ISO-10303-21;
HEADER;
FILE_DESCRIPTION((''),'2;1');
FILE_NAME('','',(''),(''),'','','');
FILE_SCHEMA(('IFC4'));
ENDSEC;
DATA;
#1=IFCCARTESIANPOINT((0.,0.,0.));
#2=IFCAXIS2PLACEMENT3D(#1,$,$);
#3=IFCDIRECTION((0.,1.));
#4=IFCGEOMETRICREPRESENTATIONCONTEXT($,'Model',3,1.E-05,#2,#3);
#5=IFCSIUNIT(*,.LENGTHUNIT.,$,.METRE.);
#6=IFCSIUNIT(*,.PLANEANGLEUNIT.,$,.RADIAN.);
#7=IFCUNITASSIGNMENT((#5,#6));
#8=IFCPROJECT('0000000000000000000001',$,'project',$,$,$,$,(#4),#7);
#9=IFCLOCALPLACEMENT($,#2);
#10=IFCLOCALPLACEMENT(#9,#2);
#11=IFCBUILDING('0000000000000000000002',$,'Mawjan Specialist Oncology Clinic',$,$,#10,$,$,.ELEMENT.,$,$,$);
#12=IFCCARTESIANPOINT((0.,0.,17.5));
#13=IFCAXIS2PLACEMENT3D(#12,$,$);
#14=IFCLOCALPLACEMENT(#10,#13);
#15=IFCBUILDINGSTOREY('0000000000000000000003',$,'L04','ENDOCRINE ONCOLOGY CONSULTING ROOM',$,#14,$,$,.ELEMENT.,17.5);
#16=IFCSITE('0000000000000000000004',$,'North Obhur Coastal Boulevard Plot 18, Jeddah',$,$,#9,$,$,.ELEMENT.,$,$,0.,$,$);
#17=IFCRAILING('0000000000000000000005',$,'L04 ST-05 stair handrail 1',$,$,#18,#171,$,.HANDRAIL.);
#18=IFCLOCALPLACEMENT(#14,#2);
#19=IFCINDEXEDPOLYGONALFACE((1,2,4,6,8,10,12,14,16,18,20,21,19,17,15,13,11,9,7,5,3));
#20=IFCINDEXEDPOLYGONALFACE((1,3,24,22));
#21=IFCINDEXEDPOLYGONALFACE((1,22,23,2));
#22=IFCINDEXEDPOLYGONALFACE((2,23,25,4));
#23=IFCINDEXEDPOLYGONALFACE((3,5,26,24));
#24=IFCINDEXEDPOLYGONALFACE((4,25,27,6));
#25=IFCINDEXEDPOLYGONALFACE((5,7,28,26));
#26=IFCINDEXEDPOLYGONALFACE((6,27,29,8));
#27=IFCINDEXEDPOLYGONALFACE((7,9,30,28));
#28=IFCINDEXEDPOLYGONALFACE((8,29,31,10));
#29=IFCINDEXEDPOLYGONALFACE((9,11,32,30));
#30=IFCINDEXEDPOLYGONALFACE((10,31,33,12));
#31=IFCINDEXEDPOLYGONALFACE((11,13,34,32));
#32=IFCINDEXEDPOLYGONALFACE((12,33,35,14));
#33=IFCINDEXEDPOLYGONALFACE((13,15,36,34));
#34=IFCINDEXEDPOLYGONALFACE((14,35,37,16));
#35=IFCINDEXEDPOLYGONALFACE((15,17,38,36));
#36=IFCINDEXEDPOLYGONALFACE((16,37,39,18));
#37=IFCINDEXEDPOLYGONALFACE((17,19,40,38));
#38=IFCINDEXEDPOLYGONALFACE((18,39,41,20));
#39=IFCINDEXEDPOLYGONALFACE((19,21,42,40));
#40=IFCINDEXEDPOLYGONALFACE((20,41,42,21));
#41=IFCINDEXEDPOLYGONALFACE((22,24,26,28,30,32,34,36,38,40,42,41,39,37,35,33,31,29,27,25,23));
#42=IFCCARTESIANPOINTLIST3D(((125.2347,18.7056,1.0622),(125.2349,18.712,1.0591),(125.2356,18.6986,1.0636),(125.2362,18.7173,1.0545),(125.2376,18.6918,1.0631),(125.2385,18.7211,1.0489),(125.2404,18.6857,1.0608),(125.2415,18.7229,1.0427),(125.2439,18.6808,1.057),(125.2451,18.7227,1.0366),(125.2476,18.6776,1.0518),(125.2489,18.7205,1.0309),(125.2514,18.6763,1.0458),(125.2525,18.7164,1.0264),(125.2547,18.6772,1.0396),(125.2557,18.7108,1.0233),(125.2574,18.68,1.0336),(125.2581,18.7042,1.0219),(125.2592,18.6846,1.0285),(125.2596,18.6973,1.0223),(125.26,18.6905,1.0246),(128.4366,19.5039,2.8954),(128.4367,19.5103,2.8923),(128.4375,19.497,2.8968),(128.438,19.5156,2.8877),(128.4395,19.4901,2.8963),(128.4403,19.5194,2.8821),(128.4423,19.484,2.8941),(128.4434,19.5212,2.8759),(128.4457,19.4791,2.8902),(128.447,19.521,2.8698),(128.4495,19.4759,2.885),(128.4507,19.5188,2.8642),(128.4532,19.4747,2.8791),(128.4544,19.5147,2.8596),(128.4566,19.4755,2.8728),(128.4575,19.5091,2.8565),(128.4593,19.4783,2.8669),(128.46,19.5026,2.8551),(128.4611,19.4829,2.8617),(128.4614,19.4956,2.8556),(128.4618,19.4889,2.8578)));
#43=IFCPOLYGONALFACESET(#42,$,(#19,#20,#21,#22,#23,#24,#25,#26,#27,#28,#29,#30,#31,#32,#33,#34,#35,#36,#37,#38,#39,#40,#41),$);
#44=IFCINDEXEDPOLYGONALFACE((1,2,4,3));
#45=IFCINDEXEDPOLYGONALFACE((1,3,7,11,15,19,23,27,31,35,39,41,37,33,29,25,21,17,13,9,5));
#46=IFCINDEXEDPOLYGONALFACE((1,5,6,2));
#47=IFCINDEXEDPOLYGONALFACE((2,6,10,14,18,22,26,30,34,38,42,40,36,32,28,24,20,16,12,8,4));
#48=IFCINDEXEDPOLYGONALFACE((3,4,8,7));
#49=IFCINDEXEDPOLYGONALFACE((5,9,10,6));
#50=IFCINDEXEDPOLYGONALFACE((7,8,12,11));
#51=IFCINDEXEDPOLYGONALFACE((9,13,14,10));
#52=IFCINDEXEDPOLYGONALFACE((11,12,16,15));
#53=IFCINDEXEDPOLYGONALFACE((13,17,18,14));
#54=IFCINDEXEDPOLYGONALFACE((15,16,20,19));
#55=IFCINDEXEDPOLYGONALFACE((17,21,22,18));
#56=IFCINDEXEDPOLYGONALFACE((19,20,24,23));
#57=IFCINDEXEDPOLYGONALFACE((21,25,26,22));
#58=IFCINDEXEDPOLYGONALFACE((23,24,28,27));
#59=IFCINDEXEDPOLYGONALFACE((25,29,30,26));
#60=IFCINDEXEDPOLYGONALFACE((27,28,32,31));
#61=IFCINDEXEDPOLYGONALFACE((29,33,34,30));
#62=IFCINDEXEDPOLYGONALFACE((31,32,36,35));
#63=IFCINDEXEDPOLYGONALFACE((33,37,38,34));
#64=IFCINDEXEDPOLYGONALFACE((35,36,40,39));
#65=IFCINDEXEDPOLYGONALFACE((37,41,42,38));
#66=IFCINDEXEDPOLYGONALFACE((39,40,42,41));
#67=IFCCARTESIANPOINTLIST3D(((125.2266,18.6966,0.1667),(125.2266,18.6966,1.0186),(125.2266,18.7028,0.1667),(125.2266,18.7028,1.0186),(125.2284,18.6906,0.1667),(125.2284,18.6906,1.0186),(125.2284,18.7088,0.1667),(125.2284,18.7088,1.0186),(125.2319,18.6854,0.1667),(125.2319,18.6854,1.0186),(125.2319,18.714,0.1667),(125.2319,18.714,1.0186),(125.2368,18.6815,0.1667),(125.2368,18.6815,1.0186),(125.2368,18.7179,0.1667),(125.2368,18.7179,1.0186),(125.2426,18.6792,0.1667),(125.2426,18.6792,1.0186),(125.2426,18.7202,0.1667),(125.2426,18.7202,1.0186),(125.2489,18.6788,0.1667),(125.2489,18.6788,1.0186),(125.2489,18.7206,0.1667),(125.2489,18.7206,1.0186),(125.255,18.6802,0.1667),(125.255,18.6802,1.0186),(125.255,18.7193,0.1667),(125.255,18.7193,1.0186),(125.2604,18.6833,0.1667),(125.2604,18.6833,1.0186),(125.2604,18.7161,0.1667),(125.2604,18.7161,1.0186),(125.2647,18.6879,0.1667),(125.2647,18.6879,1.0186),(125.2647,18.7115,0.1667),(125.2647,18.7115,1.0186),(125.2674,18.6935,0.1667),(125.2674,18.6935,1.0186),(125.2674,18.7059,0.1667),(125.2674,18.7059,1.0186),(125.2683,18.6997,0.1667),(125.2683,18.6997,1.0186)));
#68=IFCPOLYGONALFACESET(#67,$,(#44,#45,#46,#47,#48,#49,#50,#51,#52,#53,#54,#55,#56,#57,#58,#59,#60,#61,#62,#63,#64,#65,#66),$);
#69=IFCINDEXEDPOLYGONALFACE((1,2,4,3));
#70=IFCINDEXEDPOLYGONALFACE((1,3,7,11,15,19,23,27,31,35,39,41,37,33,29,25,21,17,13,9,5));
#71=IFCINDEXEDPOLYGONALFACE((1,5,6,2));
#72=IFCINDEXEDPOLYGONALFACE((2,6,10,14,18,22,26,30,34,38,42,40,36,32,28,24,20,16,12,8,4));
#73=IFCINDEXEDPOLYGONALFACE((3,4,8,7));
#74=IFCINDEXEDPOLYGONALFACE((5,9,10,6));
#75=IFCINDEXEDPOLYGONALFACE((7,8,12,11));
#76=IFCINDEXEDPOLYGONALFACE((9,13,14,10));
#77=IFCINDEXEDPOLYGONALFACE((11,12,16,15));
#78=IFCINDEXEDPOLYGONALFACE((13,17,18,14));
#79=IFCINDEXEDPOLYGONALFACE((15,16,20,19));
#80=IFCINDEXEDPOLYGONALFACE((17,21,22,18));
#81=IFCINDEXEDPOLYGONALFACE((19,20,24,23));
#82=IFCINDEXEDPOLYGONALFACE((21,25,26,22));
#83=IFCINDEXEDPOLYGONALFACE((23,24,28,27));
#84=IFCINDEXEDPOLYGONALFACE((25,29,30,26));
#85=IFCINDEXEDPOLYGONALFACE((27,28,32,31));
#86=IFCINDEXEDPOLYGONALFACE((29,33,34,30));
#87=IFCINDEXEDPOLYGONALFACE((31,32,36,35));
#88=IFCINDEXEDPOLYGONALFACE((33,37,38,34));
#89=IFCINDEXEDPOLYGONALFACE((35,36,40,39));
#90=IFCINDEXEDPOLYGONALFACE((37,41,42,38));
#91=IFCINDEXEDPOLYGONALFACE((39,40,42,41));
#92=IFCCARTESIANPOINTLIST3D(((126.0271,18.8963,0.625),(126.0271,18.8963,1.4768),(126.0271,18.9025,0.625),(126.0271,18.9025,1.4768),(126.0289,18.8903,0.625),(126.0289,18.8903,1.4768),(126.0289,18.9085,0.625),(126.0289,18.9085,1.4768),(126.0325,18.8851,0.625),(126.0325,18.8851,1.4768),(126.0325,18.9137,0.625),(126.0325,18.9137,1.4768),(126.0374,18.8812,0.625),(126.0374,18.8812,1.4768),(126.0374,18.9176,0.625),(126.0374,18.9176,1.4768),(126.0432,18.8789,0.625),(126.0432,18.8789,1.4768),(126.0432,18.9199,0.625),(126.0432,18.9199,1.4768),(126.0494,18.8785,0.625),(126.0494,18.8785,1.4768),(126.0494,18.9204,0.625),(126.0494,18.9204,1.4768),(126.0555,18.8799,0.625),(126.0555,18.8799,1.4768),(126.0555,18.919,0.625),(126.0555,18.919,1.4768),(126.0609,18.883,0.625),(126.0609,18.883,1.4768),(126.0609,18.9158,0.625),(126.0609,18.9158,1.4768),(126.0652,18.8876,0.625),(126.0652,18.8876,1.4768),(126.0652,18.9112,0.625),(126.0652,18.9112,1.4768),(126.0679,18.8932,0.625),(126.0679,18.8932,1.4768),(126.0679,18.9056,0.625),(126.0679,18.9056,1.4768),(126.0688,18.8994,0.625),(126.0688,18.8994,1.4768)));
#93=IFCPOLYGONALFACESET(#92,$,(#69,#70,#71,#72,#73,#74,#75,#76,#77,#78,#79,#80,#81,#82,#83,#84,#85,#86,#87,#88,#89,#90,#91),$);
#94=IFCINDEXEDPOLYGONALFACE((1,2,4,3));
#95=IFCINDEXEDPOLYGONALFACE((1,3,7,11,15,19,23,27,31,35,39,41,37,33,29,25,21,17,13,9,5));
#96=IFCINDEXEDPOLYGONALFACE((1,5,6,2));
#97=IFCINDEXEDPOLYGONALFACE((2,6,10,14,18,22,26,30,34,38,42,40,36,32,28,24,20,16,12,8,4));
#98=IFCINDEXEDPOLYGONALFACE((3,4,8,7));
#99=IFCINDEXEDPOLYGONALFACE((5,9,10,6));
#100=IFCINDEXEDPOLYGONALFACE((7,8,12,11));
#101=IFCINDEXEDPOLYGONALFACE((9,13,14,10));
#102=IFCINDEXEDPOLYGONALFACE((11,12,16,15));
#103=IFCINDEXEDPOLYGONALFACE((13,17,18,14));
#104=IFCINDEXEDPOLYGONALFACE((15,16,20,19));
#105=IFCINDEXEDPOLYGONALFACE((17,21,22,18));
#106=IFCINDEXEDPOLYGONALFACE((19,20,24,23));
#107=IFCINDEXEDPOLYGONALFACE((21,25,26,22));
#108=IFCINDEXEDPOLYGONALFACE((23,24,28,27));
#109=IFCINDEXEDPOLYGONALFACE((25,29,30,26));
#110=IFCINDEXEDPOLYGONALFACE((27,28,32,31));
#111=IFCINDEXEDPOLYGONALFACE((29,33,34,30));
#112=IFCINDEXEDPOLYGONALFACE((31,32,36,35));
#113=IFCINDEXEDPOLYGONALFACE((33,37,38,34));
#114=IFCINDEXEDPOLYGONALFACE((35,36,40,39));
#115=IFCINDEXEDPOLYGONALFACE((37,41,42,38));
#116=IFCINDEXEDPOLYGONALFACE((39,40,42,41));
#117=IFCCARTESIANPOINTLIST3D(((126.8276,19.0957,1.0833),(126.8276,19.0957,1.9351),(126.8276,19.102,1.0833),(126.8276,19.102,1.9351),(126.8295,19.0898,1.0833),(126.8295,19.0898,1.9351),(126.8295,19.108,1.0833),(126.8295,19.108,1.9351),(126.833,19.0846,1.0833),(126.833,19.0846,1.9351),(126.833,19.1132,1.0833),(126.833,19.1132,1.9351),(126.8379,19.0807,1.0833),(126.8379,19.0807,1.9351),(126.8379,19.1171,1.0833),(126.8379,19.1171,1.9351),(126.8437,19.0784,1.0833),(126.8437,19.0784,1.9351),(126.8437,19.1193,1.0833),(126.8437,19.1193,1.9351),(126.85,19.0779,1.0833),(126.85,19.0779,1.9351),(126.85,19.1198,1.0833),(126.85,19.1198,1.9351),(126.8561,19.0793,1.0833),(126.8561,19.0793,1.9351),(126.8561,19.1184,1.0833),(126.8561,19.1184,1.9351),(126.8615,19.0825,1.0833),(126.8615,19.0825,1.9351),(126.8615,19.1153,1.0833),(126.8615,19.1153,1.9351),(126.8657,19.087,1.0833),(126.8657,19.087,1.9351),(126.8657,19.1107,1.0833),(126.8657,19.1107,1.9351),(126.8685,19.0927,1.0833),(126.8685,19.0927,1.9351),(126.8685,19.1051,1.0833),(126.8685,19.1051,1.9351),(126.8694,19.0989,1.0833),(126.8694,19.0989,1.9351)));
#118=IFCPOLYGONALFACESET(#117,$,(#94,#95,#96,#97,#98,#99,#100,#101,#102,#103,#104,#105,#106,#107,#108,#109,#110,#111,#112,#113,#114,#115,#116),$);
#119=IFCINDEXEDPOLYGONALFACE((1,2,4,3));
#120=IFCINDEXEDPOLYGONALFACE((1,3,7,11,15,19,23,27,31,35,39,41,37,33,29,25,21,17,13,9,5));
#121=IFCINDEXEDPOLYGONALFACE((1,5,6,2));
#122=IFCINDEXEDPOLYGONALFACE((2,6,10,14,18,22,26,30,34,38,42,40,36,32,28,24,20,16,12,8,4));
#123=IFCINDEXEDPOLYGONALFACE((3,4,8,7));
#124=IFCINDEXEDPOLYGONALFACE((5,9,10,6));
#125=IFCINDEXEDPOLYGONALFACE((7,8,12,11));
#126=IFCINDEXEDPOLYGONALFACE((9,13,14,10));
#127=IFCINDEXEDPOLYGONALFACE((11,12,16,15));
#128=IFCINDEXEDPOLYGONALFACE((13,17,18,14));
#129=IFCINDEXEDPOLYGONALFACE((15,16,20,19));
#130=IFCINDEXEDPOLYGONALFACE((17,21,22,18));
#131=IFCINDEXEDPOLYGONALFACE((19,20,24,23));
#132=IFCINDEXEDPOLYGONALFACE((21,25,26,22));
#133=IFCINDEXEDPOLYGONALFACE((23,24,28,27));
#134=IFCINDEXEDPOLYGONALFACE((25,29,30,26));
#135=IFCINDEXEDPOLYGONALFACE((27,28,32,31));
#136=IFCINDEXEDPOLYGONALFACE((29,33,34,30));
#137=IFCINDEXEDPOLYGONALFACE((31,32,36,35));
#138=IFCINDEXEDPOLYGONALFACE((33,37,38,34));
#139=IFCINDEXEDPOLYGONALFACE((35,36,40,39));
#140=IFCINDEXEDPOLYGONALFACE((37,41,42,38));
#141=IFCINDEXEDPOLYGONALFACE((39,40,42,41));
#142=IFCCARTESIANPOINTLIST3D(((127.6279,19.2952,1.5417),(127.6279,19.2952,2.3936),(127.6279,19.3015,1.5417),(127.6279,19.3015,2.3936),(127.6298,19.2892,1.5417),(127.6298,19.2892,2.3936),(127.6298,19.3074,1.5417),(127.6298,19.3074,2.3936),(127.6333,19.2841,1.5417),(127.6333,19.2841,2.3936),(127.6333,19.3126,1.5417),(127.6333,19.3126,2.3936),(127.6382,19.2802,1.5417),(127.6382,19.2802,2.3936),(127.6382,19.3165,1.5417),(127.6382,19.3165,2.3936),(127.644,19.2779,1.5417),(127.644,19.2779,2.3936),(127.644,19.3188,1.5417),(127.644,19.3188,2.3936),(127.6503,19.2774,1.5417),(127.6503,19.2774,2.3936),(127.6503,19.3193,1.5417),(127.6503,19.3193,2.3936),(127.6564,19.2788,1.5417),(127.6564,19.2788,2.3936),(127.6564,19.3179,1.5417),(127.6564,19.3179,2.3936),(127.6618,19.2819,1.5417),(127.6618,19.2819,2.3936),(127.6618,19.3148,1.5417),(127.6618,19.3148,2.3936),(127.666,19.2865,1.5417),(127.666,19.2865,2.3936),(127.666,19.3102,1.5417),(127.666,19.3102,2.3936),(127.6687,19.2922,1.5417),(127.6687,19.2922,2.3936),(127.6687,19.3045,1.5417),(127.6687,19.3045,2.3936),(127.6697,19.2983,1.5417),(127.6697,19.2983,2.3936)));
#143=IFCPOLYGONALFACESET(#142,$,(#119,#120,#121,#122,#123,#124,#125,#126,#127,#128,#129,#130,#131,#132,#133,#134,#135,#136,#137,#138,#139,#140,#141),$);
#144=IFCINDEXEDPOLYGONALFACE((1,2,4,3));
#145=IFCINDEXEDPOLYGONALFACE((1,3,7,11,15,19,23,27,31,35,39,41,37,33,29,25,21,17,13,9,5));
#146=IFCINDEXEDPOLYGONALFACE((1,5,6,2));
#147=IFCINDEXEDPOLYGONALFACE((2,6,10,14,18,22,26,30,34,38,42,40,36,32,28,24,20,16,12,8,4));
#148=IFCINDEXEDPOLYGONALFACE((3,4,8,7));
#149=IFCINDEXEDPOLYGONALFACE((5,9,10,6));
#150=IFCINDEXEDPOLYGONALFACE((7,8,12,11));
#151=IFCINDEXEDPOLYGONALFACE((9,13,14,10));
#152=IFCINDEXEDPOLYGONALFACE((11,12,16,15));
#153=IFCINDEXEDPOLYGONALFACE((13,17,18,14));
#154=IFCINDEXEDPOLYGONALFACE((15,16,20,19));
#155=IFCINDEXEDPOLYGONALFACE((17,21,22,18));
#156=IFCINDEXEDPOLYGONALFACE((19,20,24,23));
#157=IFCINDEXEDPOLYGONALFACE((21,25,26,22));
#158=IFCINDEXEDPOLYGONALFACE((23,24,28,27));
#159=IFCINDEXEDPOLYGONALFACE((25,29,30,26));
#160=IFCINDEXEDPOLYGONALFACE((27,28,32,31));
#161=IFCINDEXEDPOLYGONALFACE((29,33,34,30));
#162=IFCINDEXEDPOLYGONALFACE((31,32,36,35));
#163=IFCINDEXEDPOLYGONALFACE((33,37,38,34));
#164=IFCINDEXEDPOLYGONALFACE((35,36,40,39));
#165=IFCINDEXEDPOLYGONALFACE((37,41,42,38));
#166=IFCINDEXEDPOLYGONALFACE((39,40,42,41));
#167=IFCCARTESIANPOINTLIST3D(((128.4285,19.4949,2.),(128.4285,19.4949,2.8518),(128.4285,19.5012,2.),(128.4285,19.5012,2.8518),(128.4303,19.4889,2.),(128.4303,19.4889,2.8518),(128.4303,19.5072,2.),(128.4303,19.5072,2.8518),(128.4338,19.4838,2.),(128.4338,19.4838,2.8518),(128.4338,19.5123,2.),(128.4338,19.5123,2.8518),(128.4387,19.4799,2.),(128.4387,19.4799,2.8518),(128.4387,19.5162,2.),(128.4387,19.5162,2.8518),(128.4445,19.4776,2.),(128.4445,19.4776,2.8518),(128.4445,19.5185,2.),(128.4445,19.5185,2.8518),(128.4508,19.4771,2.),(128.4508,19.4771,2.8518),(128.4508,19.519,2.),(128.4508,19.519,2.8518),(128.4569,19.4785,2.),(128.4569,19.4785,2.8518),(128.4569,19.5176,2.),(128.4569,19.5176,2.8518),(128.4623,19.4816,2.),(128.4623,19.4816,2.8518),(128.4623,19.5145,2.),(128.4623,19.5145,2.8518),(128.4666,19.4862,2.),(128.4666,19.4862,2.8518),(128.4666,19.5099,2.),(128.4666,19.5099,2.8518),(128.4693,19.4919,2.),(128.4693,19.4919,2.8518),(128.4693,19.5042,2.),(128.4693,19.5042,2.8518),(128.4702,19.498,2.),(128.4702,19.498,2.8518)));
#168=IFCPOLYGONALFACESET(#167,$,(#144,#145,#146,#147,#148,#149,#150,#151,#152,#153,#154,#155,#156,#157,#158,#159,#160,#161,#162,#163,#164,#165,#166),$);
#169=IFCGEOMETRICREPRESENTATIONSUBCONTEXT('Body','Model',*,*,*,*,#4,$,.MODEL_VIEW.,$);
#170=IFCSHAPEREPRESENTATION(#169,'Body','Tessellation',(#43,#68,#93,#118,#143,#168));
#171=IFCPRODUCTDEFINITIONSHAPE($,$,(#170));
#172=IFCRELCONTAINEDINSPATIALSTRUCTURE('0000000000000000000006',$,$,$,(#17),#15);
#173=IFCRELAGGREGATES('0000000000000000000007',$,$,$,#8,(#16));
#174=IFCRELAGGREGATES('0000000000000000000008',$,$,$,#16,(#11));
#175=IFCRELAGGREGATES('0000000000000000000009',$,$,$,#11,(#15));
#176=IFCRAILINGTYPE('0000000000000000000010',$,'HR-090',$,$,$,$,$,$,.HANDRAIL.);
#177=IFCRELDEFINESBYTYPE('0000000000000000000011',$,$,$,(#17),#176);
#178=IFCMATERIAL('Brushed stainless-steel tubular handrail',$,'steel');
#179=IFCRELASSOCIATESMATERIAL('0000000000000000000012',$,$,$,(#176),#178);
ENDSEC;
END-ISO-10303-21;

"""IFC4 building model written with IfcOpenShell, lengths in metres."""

from ifc_helpers import new_model, si_unit, direction, frame, origin, origin_2d, place, context, subcontext, project, spatial, circle, extrude, material, type_object, element, save


model = new_model("IFC4")

# Units and contexts
model_context = context("Model", 3, precision=1e-05, world=origin(), true_north=direction((0.0, 1.0)))
body_context = subcontext(model_context, "Body", "Model", "MODEL_VIEW")
ifc_project = project(units=[si_unit("LENGTHUNIT", "METRE"), si_unit("PLANEANGLEUNIT", "RADIAN")], contexts=[model_context])

# Site, building, storey
site_placement = place(None, origin())
site = spatial("IfcSite", under=ifc_project, at=site_placement, Name="North Obhur Coastal Boulevard Plot 18, Jeddah", CompositionType="ELEMENT", RefElevation=0.0)
building_placement = place(site_placement, origin())
building = spatial("IfcBuilding", under=site, at=building_placement, Name="Mawjan Specialist Oncology Clinic", CompositionType="ELEMENT")
storey_placement = place(building_placement, frame((0.0, 0.0, 17.5)))
storey = spatial("IfcBuildingStorey", under=building, at=storey_placement, Name="L04", Description="ENDOCRINE ONCOLOGY CONSULTING ROOM", CompositionType="ELEMENT", Elevation=17.5)

# Railing
ifc_material_1 = material(Name="Brushed stainless-steel tubular handrail", Category="steel")
railing_type_1 = type_object("IfcRailingType", Name="HR-090", PredefinedType="HANDRAIL", material=ifc_material_1)
railing_1_placement = place(storey_placement, frame((125.2473, 18.6997, 0.1667)))
element("IfcRailing", 1, at=railing_1_placement, inside=storey, type_object=railing_type_1, Name="L04 ST-05 stair handrail 1", PredefinedType="HANDRAIL", context=body_context, shape_type="SweptSolid", body=[
    extrude(circle(Radius=0.0239, at=origin_2d()), frame((0.0, 0.0, 0.876), z_axis=(0.848195, 0.211483, 0.485634), x_axis=(-0.241926, 0.970295, 0.0)), (0.0, 0.0, 1.0), 3.7749),
    extrude(circle(Radius=0.021, at=origin_2d()), origin(), (0.0, 0.0, 1.0), 0.8518),
    extrude(circle(Radius=0.021, at=origin_2d()), frame((0.8005, 0.1997, 0.4583)), (0.0, 0.0, 1.0), 0.8518),
    extrude(circle(Radius=0.021, at=origin_2d()), frame((1.6011, 0.3992, 0.9165)), (0.0, 0.0, 1.0), 0.8518),
    extrude(circle(Radius=0.021, at=origin_2d()), frame((2.4014, 0.5986, 1.375)), (0.0, 0.0, 1.0), 0.8518),
    extrude(circle(Radius=0.021, at=origin_2d()), frame((3.2019, 0.7983, 1.8333)), (0.0, 0.0, 1.0), 0.8518),
])

save(model, "model.ifc")
